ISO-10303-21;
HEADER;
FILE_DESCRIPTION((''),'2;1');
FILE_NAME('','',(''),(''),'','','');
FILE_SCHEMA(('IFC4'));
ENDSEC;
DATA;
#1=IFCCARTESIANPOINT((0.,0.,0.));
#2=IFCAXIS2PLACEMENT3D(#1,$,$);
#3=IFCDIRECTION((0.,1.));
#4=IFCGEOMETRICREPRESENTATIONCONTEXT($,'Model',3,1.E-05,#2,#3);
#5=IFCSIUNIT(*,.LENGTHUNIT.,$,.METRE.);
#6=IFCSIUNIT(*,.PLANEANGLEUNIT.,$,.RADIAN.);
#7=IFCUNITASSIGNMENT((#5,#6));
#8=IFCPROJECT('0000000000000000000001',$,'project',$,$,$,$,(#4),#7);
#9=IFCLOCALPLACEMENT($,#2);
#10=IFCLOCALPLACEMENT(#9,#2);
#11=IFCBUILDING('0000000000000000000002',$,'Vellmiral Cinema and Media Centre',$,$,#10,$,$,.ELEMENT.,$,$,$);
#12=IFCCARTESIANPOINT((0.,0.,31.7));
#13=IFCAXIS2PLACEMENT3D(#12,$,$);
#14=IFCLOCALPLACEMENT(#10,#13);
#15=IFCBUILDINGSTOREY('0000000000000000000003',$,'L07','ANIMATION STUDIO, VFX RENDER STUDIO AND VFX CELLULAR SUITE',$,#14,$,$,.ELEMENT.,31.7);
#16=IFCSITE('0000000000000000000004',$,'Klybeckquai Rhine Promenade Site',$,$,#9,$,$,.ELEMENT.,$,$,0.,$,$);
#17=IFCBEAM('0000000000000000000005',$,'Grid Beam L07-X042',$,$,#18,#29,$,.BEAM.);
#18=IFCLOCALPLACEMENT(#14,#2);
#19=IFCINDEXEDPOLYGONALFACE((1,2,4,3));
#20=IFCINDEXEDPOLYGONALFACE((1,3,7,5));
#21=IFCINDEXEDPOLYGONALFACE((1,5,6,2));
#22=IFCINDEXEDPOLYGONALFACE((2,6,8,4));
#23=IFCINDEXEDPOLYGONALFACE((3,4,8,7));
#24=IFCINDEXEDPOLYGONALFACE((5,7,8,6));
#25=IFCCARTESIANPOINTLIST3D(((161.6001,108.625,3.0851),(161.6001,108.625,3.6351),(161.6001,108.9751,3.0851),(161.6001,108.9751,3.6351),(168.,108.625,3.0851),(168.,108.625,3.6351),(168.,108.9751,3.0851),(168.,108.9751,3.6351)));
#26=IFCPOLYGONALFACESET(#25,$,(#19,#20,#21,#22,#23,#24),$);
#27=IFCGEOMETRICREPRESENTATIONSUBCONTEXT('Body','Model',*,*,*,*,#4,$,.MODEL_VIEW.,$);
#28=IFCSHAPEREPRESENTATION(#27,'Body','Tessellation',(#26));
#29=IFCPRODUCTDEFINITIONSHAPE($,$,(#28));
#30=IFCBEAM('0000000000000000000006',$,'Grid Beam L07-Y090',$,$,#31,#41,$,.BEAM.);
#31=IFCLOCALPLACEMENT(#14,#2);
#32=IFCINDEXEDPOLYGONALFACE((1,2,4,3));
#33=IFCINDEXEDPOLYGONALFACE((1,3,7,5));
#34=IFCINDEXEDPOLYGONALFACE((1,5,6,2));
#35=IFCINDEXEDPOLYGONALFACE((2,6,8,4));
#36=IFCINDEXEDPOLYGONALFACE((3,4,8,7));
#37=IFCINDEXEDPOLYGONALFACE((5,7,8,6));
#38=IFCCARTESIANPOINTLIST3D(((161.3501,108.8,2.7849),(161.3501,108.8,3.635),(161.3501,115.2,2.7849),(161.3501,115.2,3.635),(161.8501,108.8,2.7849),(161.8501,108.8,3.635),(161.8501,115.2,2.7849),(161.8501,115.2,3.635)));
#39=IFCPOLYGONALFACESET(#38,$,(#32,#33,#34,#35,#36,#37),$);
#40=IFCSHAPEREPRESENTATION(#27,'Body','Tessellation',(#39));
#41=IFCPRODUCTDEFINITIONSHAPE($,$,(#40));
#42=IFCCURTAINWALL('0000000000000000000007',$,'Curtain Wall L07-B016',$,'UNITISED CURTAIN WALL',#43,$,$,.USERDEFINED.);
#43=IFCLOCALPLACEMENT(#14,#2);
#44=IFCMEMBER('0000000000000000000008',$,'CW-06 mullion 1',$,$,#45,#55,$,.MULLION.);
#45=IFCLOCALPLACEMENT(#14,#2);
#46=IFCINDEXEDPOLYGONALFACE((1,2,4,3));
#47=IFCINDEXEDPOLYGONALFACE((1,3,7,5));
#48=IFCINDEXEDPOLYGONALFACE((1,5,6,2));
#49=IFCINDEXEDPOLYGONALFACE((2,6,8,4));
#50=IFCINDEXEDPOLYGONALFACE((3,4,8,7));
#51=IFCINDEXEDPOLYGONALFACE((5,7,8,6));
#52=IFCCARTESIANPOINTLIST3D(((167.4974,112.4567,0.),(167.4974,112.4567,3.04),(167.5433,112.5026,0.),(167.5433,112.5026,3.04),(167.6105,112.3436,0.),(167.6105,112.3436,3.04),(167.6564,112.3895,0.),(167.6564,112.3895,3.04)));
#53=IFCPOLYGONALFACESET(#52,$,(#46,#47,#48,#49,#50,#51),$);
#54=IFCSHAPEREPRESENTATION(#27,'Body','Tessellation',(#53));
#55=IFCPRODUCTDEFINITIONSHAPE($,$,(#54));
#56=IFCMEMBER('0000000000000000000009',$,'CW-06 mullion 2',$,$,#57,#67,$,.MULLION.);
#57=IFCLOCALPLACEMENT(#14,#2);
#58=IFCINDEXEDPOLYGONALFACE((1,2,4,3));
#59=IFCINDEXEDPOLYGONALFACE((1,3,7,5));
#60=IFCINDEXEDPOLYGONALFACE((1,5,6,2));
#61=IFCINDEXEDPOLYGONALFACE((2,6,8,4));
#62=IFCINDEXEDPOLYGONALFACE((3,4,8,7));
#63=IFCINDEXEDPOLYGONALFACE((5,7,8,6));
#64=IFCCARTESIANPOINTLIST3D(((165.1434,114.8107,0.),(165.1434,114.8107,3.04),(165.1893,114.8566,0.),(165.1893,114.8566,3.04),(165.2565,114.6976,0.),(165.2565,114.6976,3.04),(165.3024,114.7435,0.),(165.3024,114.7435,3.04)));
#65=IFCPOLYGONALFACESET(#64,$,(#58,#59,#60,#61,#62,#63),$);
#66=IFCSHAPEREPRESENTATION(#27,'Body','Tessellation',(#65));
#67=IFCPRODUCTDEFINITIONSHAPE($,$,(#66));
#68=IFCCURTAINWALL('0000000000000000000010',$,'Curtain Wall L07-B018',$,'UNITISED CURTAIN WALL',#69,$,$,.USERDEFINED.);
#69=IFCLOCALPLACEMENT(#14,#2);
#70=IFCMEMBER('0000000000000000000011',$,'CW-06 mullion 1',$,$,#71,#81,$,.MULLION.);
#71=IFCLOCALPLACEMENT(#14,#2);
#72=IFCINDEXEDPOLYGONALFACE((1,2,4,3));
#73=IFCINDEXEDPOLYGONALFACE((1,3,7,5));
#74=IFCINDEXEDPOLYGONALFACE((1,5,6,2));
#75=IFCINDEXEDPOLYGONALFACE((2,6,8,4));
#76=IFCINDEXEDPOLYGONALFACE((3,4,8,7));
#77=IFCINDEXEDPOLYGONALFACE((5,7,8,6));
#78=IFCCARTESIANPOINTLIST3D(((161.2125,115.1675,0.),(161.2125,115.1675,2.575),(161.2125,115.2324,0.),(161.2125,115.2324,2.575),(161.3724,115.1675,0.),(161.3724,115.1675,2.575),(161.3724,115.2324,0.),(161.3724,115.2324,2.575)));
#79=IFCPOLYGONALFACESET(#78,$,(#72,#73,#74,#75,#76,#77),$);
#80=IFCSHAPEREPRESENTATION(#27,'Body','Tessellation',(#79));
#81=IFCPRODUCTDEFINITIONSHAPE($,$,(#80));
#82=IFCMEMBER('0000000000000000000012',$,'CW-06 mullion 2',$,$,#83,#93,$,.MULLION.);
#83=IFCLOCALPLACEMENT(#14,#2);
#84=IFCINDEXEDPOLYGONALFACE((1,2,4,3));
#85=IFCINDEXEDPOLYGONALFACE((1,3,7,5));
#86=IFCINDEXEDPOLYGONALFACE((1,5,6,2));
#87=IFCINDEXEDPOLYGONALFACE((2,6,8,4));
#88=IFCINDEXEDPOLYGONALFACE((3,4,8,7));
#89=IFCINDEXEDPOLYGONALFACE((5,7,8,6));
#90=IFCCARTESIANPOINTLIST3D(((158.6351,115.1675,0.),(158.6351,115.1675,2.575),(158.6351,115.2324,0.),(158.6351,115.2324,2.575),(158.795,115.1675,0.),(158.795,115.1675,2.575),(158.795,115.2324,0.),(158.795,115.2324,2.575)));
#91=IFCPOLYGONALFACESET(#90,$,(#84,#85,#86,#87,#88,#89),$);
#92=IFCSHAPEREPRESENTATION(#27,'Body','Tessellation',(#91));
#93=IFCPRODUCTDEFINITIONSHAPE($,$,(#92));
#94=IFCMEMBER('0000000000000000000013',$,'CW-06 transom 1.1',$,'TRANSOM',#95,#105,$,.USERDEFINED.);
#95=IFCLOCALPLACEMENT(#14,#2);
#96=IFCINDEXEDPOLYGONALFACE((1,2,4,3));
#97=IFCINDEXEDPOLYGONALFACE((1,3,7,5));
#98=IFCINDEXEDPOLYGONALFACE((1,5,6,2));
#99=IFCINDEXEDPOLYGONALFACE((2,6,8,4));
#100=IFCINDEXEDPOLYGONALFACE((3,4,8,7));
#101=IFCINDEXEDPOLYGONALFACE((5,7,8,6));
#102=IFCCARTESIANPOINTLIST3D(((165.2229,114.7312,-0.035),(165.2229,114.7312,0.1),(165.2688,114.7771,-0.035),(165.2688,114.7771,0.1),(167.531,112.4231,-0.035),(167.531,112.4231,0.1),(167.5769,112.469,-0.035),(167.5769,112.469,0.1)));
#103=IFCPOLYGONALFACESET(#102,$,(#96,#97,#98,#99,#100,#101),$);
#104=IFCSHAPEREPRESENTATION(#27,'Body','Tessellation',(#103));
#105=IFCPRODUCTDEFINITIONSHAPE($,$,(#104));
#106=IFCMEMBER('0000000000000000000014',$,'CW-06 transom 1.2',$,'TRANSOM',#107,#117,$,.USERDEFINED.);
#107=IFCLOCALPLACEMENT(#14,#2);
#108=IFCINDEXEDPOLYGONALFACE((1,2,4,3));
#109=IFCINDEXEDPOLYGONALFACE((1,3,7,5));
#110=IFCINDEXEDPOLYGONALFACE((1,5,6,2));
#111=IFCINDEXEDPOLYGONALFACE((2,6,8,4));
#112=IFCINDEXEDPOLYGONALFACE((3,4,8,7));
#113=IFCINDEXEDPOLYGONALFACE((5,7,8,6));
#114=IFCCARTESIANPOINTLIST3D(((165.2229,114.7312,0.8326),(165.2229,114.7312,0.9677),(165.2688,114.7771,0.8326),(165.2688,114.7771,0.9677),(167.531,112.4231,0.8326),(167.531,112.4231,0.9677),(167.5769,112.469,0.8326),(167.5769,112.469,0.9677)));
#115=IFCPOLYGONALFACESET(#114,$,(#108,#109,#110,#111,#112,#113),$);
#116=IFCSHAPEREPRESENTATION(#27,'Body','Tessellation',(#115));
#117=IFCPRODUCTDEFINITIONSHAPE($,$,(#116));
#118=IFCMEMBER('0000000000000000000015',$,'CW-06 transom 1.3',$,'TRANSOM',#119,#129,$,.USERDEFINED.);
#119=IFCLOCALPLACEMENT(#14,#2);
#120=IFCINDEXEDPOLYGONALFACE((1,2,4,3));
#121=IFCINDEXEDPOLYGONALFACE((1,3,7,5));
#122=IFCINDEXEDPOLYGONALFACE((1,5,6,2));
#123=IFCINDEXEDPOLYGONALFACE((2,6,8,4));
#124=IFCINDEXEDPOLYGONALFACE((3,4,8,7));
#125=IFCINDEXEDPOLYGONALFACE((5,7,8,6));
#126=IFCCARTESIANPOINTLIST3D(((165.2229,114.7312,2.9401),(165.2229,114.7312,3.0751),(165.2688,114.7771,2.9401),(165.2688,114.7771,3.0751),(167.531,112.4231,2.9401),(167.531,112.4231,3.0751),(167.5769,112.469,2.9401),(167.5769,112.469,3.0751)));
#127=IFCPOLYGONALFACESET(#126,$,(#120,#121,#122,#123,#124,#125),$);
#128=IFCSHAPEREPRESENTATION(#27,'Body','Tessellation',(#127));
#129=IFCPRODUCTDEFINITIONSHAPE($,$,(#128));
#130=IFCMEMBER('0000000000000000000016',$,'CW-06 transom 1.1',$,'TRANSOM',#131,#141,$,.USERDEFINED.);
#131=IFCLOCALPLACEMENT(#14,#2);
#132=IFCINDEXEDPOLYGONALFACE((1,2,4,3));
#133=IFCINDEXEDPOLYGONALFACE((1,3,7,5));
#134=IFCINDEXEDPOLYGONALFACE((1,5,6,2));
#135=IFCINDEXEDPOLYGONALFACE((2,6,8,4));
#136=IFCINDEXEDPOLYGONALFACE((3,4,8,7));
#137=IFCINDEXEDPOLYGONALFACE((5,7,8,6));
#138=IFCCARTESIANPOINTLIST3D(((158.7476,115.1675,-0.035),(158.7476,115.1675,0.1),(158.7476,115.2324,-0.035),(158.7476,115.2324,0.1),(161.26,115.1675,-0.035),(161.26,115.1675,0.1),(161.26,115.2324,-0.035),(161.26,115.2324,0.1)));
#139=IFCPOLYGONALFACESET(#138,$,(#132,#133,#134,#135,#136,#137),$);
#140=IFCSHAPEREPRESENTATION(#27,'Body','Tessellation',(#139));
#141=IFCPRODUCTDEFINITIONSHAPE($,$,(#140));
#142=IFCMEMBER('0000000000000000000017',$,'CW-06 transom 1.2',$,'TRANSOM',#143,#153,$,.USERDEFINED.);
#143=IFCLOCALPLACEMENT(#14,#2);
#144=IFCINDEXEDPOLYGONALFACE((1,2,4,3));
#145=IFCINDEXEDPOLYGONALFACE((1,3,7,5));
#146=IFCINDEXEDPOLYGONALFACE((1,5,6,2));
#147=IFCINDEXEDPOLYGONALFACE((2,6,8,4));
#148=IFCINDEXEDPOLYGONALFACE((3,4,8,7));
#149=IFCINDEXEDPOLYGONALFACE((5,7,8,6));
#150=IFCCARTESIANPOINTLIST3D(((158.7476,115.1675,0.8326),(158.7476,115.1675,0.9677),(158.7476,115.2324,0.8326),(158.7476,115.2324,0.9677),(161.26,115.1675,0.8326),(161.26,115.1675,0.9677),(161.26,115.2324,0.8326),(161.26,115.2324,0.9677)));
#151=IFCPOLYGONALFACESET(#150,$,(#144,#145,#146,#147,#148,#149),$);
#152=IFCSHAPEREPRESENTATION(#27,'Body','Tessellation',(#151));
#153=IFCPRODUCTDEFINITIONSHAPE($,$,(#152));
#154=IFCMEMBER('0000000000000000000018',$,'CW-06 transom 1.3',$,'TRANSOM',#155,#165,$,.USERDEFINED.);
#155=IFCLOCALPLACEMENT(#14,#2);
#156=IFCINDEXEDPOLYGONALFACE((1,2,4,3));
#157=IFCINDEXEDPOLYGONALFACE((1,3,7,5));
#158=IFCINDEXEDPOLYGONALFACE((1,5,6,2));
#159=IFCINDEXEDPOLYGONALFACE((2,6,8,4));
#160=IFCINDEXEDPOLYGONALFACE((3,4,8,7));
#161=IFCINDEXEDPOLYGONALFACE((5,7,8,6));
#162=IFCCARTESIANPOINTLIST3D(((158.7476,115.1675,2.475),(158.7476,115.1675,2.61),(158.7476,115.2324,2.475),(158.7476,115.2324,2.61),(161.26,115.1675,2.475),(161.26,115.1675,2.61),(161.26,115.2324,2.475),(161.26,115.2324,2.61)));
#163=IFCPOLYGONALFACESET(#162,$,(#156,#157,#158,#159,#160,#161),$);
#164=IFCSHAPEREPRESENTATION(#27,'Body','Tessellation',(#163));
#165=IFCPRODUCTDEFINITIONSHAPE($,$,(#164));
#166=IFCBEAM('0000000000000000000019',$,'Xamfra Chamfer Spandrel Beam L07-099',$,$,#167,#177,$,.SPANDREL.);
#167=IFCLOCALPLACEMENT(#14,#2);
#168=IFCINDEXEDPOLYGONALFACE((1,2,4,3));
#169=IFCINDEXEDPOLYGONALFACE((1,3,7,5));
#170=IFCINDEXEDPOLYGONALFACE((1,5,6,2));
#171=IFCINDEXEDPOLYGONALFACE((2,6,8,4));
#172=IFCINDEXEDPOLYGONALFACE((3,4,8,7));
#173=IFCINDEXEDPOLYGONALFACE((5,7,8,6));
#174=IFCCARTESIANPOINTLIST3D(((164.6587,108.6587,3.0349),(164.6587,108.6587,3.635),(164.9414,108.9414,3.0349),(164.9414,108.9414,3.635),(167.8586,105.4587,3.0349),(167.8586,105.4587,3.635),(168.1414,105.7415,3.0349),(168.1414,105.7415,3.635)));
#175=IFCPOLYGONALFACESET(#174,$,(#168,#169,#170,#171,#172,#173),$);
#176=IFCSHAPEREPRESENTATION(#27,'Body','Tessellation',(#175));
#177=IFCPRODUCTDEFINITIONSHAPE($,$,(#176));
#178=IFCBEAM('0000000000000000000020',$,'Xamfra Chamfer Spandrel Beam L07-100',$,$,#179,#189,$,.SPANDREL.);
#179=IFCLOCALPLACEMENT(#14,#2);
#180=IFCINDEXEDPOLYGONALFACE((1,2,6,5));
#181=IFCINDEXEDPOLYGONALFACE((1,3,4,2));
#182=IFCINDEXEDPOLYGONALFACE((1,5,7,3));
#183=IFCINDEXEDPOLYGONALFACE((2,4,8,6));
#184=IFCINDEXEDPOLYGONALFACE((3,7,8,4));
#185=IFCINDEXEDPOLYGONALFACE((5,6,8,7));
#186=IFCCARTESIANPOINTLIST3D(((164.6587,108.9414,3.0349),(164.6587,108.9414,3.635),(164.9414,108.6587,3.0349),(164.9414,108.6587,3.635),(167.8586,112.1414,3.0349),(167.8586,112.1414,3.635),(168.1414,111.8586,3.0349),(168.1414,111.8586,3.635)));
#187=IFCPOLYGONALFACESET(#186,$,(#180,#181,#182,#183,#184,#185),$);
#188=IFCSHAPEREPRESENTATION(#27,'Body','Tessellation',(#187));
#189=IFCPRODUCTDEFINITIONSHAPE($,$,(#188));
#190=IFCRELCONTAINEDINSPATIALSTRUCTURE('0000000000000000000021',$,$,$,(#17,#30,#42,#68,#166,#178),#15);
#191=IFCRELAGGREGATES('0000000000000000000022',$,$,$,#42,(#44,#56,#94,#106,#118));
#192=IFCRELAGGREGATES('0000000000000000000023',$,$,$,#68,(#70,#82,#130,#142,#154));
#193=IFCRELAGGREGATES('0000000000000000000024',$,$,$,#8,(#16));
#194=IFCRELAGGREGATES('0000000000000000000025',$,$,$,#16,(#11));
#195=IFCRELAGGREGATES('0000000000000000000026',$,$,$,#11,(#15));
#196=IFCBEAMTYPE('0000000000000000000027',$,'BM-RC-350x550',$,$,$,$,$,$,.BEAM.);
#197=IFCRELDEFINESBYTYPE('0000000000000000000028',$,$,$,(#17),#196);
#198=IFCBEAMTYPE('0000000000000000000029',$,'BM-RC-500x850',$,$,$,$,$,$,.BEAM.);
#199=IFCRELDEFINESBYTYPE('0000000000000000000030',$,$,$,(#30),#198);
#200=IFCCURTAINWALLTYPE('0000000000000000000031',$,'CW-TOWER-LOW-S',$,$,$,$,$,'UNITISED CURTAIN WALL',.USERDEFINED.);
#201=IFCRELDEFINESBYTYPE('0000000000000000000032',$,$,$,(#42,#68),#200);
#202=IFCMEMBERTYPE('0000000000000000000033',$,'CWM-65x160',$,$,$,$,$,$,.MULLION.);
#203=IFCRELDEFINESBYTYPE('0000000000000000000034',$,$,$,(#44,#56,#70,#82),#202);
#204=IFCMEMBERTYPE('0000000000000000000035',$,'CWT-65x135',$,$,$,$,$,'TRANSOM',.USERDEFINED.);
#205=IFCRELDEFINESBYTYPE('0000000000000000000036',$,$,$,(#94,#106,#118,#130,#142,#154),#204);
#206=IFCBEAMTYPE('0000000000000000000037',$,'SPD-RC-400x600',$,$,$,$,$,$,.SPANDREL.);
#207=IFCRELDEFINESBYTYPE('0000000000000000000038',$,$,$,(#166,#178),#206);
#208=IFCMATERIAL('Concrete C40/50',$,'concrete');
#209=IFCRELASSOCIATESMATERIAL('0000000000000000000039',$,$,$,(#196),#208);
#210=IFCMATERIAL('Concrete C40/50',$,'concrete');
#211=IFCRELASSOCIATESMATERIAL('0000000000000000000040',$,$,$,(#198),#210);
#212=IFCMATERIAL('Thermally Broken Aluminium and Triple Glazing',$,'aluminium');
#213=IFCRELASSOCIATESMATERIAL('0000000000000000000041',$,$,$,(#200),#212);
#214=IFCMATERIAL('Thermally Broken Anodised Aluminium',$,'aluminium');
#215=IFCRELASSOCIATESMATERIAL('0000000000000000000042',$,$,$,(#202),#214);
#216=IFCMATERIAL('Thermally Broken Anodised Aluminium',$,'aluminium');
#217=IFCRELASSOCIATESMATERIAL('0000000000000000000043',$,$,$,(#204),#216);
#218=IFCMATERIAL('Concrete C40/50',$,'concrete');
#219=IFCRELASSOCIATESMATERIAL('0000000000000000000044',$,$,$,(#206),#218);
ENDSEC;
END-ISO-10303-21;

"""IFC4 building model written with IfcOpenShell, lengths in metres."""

from ifc_helpers import new_model, si_unit, direction, frame, origin, origin_2d, place, context, subcontext, project, spatial, rectangle, extrude, material, material_profile, profile_set, type_object, element, aggregate, save


model = new_model("IFC4")

# Units and contexts
model_context = context("Model", 3, precision=1e-05, world=origin(), true_north=direction((0.0, 1.0)))
body_context = subcontext(model_context, "Body", "Model", "MODEL_VIEW")
ifc_project = project(units=[si_unit("LENGTHUNIT", "METRE"), si_unit("PLANEANGLEUNIT", "RADIAN")], contexts=[model_context])

# Site, building, storey
site_placement = place(None, origin())
site = spatial("IfcSite", under=ifc_project, at=site_placement, Name="Klybeckquai Rhine Promenade Site", CompositionType="ELEMENT", RefElevation=0.0)
building_placement = place(site_placement, origin())
building = spatial("IfcBuilding", under=site, at=building_placement, Name="Vellmiral Cinema and Media Centre", CompositionType="ELEMENT")
storey_placement = place(building_placement, frame((0.0, 0.0, 31.7)))
storey = spatial("IfcBuildingStorey", under=building, at=storey_placement, Name="L07", Description="ANIMATION STUDIO, VFX RENDER STUDIO AND VFX CELLULAR SUITE", CompositionType="ELEMENT", Elevation=31.7)

# Beams
ifc_material_1 = material(Name="Concrete C40/50", Category="concrete")
ifc_material_profile_1 = material_profile(ifc_material_1, rectangle(XDim=0.3501, YDim=0.55, at=origin_2d()), Name="RC 350x550")
ifc_profile_set_1 = profile_set([ifc_material_profile_1], Name="Concrete C40/50")
beam_type_1 = type_object("IfcBeamType", Name="BM-RC-350x550", PredefinedType="BEAM", material=ifc_profile_set_1)
beam_1_placement = place(storey_placement, frame((161.6001, 108.8, 3.3601), z_axis=(1.0, 0.0, 0.0), x_axis=(0.0, 1.0, 0.0)))
element("IfcBeam", 1, at=beam_1_placement, inside=storey, type_object=beam_type_1, Name="Grid Beam L07-X042", PredefinedType="BEAM", context=body_context, shape_type="SweptSolid", body=[
    extrude(rectangle(XDim=0.3501, YDim=0.55, at=origin_2d()), origin(), (0.0, 0.0, 1.0), 6.3999),
])
ifc_material_2 = material(Name="Concrete C40/50", Category="concrete")
ifc_material_profile_2 = material_profile(ifc_material_2, rectangle(XDim=0.5, YDim=0.8501, at=origin_2d()), Name="RC 500x850")
ifc_profile_set_2 = profile_set([ifc_material_profile_2], Name="Concrete C40/50")
beam_type_2 = type_object("IfcBeamType", Name="BM-RC-500x850", PredefinedType="BEAM", material=ifc_profile_set_2)
beam_2_placement = place(storey_placement, frame((161.6001, 108.8, 3.21), z_axis=(0.0, 1.0, 0.0), x_axis=(-1.0, 0.0, 0.0)))
element("IfcBeam", 2, at=beam_2_placement, inside=storey, type_object=beam_type_2, Name="Grid Beam L07-Y090", PredefinedType="BEAM", context=body_context, shape_type="SweptSolid", body=[
    extrude(rectangle(XDim=0.5, YDim=0.8501, at=origin_2d()), origin(), (0.0, 0.0, 1.0), 6.3999),
])

# Curtain walls, members
ifc_material_3 = material(Name="Thermally Broken Aluminium and Triple Glazing", Category="aluminium")
curtain_wall_type = type_object("IfcCurtainWallType", Name="CW-TOWER-LOW-S", ElementType="UNITISED CURTAIN WALL", PredefinedType="USERDEFINED", material=ifc_material_3)
curtain_wall_1_placement = place(storey_placement, origin())
curtain_wall_1 = element("IfcCurtainWall", 3, at=curtain_wall_1_placement, inside=storey, type_object=curtain_wall_type, Name="Curtain Wall L07-B016", ObjectType="UNITISED CURTAIN WALL", PredefinedType="USERDEFINED")
ifc_material_4 = material(Name="Thermally Broken Anodised Aluminium", Category="aluminium")
ifc_material_profile_3 = material_profile(ifc_material_4, rectangle(XDim=0.0649, YDim=0.1599, at=origin_2d()), Name="MULL 65x160")
ifc_profile_set_3 = profile_set([ifc_material_profile_3], Name="Thermally Broken Anodised Aluminium")
member_type_1 = type_object("IfcMemberType", Name="CWM-65x160", PredefinedType="MULLION", material=ifc_profile_set_3)
member_1_placement = place(storey_placement, frame((167.5769, 112.4231, 0.0), z_axis=(0.0, 0.0, 1.0), x_axis=(-0.707107, -0.707107, 0.0)))
member_1 = element("IfcMember", 4, at=member_1_placement, type_object=member_type_1, Name="CW-06 mullion 1", PredefinedType="MULLION", context=body_context, shape_type="SweptSolid", body=[
    extrude(rectangle(XDim=0.0649, YDim=0.1599, at=origin_2d()), origin(), (0.0, 0.0, 1.0), 3.04),
])
member_2_placement = place(storey_placement, frame((165.2229, 114.7771, 0.0), z_axis=(0.0, 0.0, 1.0), x_axis=(-0.707107, -0.707107, 0.0)))
member_2 = element("IfcMember", 5, at=member_2_placement, type_object=member_type_1, Name="CW-06 mullion 2", PredefinedType="MULLION", context=body_context, shape_type="SweptSolid", body=[
    extrude(rectangle(XDim=0.0649, YDim=0.1599, at=origin_2d()), origin(), (0.0, 0.0, 1.0), 3.04),
])
curtain_wall_2_placement = place(storey_placement, origin())
curtain_wall_2 = element("IfcCurtainWall", 6, at=curtain_wall_2_placement, inside=storey, type_object=curtain_wall_type, Name="Curtain Wall L07-B018", ObjectType="UNITISED CURTAIN WALL", PredefinedType="USERDEFINED")
member_3_placement = place(storey_placement, frame((161.2925, 115.2, 0.0), z_axis=(0.0, 0.0, 1.0), x_axis=(0.0, -1.0, 0.0)))
member_3 = element("IfcMember", 7, at=member_3_placement, type_object=member_type_1, Name="CW-06 mullion 1", PredefinedType="MULLION", context=body_context, shape_type="SweptSolid", body=[
    extrude(rectangle(XDim=0.0649, YDim=0.1599, at=origin_2d()), origin(), (0.0, 0.0, 1.0), 2.575),
])
member_4_placement = place(storey_placement, frame((158.7151, 115.2, 0.0), z_axis=(0.0, 0.0, 1.0), x_axis=(0.0, -1.0, 0.0)))
member_4 = element("IfcMember", 8, at=member_4_placement, type_object=member_type_1, Name="CW-06 mullion 2", PredefinedType="MULLION", context=body_context, shape_type="SweptSolid", body=[
    extrude(rectangle(XDim=0.0649, YDim=0.1599, at=origin_2d()), origin(), (0.0, 0.0, 1.0), 2.575),
])

# Members
ifc_material_5 = material(Name="Thermally Broken Anodised Aluminium", Category="aluminium")
ifc_material_profile_4 = material_profile(ifc_material_5, rectangle(XDim=0.0649, YDim=0.135, at=origin_2d()), Name="MULL 65x135")
ifc_profile_set_4 = profile_set([ifc_material_profile_4], Name="Thermally Broken Anodised Aluminium")
member_type_2 = type_object("IfcMemberType", Name="CWT-65x135", ElementType="TRANSOM", PredefinedType="USERDEFINED", material=ifc_profile_set_4)
member_5_placement = place(storey_placement, frame((167.554, 112.446, 0.0325), z_axis=(-0.707107, 0.707107, 0.0), x_axis=(-0.707107, -0.707107, 0.0)))
member_5 = element("IfcMember", 9, at=member_5_placement, type_object=member_type_2, Name="CW-06 transom 1.1", ObjectType="TRANSOM", PredefinedType="USERDEFINED", context=body_context, shape_type="SweptSolid", body=[
    extrude(rectangle(XDim=0.0649, YDim=0.135, at=origin_2d()), origin(), (0.0, 0.0, 1.0), 3.2642),
])
member_6_placement = place(storey_placement, frame((167.554, 112.446, 0.9001), z_axis=(-0.707107, 0.707107, 0.0), x_axis=(-0.707107, -0.707107, 0.0)))
member_6 = element("IfcMember", 10, at=member_6_placement, type_object=member_type_2, Name="CW-06 transom 1.2", ObjectType="TRANSOM", PredefinedType="USERDEFINED", context=body_context, shape_type="SweptSolid", body=[
    extrude(rectangle(XDim=0.0649, YDim=0.135, at=origin_2d()), origin(), (0.0, 0.0, 1.0), 3.2642),
])
member_7_placement = place(storey_placement, frame((167.554, 112.446, 3.0076), z_axis=(-0.707107, 0.707107, 0.0), x_axis=(-0.707107, -0.707107, 0.0)))
member_7 = element("IfcMember", 11, at=member_7_placement, type_object=member_type_2, Name="CW-06 transom 1.3", ObjectType="TRANSOM", PredefinedType="USERDEFINED", context=body_context, shape_type="SweptSolid", body=[
    extrude(rectangle(XDim=0.0649, YDim=0.135, at=origin_2d()), origin(), (0.0, 0.0, 1.0), 3.2642),
])
member_8_placement = place(storey_placement, frame((161.26, 115.2, 0.0325), z_axis=(-1.0, 0.0, 0.0), x_axis=(0.0, -1.0, 0.0)))
member_8 = element("IfcMember", 12, at=member_8_placement, type_object=member_type_2, Name="CW-06 transom 1.1", ObjectType="TRANSOM", PredefinedType="USERDEFINED", context=body_context, shape_type="SweptSolid", body=[
    extrude(rectangle(XDim=0.0649, YDim=0.135, at=origin_2d()), origin(), (0.0, 0.0, 1.0), 2.5125),
])
member_9_placement = place(storey_placement, frame((161.26, 115.2, 0.9001), z_axis=(-1.0, 0.0, 0.0), x_axis=(0.0, -1.0, 0.0)))
member_9 = element("IfcMember", 13, at=member_9_placement, type_object=member_type_2, Name="CW-06 transom 1.2", ObjectType="TRANSOM", PredefinedType="USERDEFINED", context=body_context, shape_type="SweptSolid", body=[
    extrude(rectangle(XDim=0.0649, YDim=0.135, at=origin_2d()), origin(), (0.0, 0.0, 1.0), 2.5125),
])
member_10_placement = place(storey_placement, frame((161.26, 115.2, 2.5425), z_axis=(-1.0, 0.0, 0.0), x_axis=(0.0, -1.0, 0.0)))
member_10 = element("IfcMember", 14, at=member_10_placement, type_object=member_type_2, Name="CW-06 transom 1.3", ObjectType="TRANSOM", PredefinedType="USERDEFINED", context=body_context, shape_type="SweptSolid", body=[
    extrude(rectangle(XDim=0.0649, YDim=0.135, at=origin_2d()), origin(), (0.0, 0.0, 1.0), 2.5125),
])

# Beams
ifc_material_6 = material(Name="Concrete C40/50", Category="concrete")
ifc_material_profile_5 = material_profile(ifc_material_6, rectangle(XDim=0.3999, YDim=0.6001, at=origin_2d()), Name="RC 400x600")
ifc_profile_set_5 = profile_set([ifc_material_profile_5], Name="Concrete C40/50")
beam_type_3 = type_object("IfcBeamType", Name="SPD-RC-400x600", PredefinedType="SPANDREL", material=ifc_profile_set_5)
for number, where, z_axis, x_axis, name in (
    (15, (164.8, 108.8, 3.335), (0.707107, -0.707107, 0.0), (0.707107, 0.707107, 0.0), "Xamfra Chamfer Spandrel Beam L07-099"),
    (16, (164.8, 108.8, 3.335), (0.707107, 0.707107, 0.0), (-0.707107, 0.707107, 0.0), "Xamfra Chamfer Spandrel Beam L07-100"),
):
    element("IfcBeam", number, at=place(storey_placement, frame(where, z_axis=z_axis, x_axis=x_axis)), inside=storey, type_object=beam_type_3, Name=name, PredefinedType="SPANDREL", context=body_context, shape_type="SweptSolid", body=[
        extrude(rectangle(XDim=0.3999, YDim=0.6001, at=origin_2d()), origin(), (0.0, 0.0, 1.0), 4.5254),
    ])

aggregate(curtain_wall_1, [member_1, member_2, member_5, member_6, member_7])
aggregate(curtain_wall_2, [member_3, member_4, member_8, member_9, member_10])

save(model, "model.ifc")
